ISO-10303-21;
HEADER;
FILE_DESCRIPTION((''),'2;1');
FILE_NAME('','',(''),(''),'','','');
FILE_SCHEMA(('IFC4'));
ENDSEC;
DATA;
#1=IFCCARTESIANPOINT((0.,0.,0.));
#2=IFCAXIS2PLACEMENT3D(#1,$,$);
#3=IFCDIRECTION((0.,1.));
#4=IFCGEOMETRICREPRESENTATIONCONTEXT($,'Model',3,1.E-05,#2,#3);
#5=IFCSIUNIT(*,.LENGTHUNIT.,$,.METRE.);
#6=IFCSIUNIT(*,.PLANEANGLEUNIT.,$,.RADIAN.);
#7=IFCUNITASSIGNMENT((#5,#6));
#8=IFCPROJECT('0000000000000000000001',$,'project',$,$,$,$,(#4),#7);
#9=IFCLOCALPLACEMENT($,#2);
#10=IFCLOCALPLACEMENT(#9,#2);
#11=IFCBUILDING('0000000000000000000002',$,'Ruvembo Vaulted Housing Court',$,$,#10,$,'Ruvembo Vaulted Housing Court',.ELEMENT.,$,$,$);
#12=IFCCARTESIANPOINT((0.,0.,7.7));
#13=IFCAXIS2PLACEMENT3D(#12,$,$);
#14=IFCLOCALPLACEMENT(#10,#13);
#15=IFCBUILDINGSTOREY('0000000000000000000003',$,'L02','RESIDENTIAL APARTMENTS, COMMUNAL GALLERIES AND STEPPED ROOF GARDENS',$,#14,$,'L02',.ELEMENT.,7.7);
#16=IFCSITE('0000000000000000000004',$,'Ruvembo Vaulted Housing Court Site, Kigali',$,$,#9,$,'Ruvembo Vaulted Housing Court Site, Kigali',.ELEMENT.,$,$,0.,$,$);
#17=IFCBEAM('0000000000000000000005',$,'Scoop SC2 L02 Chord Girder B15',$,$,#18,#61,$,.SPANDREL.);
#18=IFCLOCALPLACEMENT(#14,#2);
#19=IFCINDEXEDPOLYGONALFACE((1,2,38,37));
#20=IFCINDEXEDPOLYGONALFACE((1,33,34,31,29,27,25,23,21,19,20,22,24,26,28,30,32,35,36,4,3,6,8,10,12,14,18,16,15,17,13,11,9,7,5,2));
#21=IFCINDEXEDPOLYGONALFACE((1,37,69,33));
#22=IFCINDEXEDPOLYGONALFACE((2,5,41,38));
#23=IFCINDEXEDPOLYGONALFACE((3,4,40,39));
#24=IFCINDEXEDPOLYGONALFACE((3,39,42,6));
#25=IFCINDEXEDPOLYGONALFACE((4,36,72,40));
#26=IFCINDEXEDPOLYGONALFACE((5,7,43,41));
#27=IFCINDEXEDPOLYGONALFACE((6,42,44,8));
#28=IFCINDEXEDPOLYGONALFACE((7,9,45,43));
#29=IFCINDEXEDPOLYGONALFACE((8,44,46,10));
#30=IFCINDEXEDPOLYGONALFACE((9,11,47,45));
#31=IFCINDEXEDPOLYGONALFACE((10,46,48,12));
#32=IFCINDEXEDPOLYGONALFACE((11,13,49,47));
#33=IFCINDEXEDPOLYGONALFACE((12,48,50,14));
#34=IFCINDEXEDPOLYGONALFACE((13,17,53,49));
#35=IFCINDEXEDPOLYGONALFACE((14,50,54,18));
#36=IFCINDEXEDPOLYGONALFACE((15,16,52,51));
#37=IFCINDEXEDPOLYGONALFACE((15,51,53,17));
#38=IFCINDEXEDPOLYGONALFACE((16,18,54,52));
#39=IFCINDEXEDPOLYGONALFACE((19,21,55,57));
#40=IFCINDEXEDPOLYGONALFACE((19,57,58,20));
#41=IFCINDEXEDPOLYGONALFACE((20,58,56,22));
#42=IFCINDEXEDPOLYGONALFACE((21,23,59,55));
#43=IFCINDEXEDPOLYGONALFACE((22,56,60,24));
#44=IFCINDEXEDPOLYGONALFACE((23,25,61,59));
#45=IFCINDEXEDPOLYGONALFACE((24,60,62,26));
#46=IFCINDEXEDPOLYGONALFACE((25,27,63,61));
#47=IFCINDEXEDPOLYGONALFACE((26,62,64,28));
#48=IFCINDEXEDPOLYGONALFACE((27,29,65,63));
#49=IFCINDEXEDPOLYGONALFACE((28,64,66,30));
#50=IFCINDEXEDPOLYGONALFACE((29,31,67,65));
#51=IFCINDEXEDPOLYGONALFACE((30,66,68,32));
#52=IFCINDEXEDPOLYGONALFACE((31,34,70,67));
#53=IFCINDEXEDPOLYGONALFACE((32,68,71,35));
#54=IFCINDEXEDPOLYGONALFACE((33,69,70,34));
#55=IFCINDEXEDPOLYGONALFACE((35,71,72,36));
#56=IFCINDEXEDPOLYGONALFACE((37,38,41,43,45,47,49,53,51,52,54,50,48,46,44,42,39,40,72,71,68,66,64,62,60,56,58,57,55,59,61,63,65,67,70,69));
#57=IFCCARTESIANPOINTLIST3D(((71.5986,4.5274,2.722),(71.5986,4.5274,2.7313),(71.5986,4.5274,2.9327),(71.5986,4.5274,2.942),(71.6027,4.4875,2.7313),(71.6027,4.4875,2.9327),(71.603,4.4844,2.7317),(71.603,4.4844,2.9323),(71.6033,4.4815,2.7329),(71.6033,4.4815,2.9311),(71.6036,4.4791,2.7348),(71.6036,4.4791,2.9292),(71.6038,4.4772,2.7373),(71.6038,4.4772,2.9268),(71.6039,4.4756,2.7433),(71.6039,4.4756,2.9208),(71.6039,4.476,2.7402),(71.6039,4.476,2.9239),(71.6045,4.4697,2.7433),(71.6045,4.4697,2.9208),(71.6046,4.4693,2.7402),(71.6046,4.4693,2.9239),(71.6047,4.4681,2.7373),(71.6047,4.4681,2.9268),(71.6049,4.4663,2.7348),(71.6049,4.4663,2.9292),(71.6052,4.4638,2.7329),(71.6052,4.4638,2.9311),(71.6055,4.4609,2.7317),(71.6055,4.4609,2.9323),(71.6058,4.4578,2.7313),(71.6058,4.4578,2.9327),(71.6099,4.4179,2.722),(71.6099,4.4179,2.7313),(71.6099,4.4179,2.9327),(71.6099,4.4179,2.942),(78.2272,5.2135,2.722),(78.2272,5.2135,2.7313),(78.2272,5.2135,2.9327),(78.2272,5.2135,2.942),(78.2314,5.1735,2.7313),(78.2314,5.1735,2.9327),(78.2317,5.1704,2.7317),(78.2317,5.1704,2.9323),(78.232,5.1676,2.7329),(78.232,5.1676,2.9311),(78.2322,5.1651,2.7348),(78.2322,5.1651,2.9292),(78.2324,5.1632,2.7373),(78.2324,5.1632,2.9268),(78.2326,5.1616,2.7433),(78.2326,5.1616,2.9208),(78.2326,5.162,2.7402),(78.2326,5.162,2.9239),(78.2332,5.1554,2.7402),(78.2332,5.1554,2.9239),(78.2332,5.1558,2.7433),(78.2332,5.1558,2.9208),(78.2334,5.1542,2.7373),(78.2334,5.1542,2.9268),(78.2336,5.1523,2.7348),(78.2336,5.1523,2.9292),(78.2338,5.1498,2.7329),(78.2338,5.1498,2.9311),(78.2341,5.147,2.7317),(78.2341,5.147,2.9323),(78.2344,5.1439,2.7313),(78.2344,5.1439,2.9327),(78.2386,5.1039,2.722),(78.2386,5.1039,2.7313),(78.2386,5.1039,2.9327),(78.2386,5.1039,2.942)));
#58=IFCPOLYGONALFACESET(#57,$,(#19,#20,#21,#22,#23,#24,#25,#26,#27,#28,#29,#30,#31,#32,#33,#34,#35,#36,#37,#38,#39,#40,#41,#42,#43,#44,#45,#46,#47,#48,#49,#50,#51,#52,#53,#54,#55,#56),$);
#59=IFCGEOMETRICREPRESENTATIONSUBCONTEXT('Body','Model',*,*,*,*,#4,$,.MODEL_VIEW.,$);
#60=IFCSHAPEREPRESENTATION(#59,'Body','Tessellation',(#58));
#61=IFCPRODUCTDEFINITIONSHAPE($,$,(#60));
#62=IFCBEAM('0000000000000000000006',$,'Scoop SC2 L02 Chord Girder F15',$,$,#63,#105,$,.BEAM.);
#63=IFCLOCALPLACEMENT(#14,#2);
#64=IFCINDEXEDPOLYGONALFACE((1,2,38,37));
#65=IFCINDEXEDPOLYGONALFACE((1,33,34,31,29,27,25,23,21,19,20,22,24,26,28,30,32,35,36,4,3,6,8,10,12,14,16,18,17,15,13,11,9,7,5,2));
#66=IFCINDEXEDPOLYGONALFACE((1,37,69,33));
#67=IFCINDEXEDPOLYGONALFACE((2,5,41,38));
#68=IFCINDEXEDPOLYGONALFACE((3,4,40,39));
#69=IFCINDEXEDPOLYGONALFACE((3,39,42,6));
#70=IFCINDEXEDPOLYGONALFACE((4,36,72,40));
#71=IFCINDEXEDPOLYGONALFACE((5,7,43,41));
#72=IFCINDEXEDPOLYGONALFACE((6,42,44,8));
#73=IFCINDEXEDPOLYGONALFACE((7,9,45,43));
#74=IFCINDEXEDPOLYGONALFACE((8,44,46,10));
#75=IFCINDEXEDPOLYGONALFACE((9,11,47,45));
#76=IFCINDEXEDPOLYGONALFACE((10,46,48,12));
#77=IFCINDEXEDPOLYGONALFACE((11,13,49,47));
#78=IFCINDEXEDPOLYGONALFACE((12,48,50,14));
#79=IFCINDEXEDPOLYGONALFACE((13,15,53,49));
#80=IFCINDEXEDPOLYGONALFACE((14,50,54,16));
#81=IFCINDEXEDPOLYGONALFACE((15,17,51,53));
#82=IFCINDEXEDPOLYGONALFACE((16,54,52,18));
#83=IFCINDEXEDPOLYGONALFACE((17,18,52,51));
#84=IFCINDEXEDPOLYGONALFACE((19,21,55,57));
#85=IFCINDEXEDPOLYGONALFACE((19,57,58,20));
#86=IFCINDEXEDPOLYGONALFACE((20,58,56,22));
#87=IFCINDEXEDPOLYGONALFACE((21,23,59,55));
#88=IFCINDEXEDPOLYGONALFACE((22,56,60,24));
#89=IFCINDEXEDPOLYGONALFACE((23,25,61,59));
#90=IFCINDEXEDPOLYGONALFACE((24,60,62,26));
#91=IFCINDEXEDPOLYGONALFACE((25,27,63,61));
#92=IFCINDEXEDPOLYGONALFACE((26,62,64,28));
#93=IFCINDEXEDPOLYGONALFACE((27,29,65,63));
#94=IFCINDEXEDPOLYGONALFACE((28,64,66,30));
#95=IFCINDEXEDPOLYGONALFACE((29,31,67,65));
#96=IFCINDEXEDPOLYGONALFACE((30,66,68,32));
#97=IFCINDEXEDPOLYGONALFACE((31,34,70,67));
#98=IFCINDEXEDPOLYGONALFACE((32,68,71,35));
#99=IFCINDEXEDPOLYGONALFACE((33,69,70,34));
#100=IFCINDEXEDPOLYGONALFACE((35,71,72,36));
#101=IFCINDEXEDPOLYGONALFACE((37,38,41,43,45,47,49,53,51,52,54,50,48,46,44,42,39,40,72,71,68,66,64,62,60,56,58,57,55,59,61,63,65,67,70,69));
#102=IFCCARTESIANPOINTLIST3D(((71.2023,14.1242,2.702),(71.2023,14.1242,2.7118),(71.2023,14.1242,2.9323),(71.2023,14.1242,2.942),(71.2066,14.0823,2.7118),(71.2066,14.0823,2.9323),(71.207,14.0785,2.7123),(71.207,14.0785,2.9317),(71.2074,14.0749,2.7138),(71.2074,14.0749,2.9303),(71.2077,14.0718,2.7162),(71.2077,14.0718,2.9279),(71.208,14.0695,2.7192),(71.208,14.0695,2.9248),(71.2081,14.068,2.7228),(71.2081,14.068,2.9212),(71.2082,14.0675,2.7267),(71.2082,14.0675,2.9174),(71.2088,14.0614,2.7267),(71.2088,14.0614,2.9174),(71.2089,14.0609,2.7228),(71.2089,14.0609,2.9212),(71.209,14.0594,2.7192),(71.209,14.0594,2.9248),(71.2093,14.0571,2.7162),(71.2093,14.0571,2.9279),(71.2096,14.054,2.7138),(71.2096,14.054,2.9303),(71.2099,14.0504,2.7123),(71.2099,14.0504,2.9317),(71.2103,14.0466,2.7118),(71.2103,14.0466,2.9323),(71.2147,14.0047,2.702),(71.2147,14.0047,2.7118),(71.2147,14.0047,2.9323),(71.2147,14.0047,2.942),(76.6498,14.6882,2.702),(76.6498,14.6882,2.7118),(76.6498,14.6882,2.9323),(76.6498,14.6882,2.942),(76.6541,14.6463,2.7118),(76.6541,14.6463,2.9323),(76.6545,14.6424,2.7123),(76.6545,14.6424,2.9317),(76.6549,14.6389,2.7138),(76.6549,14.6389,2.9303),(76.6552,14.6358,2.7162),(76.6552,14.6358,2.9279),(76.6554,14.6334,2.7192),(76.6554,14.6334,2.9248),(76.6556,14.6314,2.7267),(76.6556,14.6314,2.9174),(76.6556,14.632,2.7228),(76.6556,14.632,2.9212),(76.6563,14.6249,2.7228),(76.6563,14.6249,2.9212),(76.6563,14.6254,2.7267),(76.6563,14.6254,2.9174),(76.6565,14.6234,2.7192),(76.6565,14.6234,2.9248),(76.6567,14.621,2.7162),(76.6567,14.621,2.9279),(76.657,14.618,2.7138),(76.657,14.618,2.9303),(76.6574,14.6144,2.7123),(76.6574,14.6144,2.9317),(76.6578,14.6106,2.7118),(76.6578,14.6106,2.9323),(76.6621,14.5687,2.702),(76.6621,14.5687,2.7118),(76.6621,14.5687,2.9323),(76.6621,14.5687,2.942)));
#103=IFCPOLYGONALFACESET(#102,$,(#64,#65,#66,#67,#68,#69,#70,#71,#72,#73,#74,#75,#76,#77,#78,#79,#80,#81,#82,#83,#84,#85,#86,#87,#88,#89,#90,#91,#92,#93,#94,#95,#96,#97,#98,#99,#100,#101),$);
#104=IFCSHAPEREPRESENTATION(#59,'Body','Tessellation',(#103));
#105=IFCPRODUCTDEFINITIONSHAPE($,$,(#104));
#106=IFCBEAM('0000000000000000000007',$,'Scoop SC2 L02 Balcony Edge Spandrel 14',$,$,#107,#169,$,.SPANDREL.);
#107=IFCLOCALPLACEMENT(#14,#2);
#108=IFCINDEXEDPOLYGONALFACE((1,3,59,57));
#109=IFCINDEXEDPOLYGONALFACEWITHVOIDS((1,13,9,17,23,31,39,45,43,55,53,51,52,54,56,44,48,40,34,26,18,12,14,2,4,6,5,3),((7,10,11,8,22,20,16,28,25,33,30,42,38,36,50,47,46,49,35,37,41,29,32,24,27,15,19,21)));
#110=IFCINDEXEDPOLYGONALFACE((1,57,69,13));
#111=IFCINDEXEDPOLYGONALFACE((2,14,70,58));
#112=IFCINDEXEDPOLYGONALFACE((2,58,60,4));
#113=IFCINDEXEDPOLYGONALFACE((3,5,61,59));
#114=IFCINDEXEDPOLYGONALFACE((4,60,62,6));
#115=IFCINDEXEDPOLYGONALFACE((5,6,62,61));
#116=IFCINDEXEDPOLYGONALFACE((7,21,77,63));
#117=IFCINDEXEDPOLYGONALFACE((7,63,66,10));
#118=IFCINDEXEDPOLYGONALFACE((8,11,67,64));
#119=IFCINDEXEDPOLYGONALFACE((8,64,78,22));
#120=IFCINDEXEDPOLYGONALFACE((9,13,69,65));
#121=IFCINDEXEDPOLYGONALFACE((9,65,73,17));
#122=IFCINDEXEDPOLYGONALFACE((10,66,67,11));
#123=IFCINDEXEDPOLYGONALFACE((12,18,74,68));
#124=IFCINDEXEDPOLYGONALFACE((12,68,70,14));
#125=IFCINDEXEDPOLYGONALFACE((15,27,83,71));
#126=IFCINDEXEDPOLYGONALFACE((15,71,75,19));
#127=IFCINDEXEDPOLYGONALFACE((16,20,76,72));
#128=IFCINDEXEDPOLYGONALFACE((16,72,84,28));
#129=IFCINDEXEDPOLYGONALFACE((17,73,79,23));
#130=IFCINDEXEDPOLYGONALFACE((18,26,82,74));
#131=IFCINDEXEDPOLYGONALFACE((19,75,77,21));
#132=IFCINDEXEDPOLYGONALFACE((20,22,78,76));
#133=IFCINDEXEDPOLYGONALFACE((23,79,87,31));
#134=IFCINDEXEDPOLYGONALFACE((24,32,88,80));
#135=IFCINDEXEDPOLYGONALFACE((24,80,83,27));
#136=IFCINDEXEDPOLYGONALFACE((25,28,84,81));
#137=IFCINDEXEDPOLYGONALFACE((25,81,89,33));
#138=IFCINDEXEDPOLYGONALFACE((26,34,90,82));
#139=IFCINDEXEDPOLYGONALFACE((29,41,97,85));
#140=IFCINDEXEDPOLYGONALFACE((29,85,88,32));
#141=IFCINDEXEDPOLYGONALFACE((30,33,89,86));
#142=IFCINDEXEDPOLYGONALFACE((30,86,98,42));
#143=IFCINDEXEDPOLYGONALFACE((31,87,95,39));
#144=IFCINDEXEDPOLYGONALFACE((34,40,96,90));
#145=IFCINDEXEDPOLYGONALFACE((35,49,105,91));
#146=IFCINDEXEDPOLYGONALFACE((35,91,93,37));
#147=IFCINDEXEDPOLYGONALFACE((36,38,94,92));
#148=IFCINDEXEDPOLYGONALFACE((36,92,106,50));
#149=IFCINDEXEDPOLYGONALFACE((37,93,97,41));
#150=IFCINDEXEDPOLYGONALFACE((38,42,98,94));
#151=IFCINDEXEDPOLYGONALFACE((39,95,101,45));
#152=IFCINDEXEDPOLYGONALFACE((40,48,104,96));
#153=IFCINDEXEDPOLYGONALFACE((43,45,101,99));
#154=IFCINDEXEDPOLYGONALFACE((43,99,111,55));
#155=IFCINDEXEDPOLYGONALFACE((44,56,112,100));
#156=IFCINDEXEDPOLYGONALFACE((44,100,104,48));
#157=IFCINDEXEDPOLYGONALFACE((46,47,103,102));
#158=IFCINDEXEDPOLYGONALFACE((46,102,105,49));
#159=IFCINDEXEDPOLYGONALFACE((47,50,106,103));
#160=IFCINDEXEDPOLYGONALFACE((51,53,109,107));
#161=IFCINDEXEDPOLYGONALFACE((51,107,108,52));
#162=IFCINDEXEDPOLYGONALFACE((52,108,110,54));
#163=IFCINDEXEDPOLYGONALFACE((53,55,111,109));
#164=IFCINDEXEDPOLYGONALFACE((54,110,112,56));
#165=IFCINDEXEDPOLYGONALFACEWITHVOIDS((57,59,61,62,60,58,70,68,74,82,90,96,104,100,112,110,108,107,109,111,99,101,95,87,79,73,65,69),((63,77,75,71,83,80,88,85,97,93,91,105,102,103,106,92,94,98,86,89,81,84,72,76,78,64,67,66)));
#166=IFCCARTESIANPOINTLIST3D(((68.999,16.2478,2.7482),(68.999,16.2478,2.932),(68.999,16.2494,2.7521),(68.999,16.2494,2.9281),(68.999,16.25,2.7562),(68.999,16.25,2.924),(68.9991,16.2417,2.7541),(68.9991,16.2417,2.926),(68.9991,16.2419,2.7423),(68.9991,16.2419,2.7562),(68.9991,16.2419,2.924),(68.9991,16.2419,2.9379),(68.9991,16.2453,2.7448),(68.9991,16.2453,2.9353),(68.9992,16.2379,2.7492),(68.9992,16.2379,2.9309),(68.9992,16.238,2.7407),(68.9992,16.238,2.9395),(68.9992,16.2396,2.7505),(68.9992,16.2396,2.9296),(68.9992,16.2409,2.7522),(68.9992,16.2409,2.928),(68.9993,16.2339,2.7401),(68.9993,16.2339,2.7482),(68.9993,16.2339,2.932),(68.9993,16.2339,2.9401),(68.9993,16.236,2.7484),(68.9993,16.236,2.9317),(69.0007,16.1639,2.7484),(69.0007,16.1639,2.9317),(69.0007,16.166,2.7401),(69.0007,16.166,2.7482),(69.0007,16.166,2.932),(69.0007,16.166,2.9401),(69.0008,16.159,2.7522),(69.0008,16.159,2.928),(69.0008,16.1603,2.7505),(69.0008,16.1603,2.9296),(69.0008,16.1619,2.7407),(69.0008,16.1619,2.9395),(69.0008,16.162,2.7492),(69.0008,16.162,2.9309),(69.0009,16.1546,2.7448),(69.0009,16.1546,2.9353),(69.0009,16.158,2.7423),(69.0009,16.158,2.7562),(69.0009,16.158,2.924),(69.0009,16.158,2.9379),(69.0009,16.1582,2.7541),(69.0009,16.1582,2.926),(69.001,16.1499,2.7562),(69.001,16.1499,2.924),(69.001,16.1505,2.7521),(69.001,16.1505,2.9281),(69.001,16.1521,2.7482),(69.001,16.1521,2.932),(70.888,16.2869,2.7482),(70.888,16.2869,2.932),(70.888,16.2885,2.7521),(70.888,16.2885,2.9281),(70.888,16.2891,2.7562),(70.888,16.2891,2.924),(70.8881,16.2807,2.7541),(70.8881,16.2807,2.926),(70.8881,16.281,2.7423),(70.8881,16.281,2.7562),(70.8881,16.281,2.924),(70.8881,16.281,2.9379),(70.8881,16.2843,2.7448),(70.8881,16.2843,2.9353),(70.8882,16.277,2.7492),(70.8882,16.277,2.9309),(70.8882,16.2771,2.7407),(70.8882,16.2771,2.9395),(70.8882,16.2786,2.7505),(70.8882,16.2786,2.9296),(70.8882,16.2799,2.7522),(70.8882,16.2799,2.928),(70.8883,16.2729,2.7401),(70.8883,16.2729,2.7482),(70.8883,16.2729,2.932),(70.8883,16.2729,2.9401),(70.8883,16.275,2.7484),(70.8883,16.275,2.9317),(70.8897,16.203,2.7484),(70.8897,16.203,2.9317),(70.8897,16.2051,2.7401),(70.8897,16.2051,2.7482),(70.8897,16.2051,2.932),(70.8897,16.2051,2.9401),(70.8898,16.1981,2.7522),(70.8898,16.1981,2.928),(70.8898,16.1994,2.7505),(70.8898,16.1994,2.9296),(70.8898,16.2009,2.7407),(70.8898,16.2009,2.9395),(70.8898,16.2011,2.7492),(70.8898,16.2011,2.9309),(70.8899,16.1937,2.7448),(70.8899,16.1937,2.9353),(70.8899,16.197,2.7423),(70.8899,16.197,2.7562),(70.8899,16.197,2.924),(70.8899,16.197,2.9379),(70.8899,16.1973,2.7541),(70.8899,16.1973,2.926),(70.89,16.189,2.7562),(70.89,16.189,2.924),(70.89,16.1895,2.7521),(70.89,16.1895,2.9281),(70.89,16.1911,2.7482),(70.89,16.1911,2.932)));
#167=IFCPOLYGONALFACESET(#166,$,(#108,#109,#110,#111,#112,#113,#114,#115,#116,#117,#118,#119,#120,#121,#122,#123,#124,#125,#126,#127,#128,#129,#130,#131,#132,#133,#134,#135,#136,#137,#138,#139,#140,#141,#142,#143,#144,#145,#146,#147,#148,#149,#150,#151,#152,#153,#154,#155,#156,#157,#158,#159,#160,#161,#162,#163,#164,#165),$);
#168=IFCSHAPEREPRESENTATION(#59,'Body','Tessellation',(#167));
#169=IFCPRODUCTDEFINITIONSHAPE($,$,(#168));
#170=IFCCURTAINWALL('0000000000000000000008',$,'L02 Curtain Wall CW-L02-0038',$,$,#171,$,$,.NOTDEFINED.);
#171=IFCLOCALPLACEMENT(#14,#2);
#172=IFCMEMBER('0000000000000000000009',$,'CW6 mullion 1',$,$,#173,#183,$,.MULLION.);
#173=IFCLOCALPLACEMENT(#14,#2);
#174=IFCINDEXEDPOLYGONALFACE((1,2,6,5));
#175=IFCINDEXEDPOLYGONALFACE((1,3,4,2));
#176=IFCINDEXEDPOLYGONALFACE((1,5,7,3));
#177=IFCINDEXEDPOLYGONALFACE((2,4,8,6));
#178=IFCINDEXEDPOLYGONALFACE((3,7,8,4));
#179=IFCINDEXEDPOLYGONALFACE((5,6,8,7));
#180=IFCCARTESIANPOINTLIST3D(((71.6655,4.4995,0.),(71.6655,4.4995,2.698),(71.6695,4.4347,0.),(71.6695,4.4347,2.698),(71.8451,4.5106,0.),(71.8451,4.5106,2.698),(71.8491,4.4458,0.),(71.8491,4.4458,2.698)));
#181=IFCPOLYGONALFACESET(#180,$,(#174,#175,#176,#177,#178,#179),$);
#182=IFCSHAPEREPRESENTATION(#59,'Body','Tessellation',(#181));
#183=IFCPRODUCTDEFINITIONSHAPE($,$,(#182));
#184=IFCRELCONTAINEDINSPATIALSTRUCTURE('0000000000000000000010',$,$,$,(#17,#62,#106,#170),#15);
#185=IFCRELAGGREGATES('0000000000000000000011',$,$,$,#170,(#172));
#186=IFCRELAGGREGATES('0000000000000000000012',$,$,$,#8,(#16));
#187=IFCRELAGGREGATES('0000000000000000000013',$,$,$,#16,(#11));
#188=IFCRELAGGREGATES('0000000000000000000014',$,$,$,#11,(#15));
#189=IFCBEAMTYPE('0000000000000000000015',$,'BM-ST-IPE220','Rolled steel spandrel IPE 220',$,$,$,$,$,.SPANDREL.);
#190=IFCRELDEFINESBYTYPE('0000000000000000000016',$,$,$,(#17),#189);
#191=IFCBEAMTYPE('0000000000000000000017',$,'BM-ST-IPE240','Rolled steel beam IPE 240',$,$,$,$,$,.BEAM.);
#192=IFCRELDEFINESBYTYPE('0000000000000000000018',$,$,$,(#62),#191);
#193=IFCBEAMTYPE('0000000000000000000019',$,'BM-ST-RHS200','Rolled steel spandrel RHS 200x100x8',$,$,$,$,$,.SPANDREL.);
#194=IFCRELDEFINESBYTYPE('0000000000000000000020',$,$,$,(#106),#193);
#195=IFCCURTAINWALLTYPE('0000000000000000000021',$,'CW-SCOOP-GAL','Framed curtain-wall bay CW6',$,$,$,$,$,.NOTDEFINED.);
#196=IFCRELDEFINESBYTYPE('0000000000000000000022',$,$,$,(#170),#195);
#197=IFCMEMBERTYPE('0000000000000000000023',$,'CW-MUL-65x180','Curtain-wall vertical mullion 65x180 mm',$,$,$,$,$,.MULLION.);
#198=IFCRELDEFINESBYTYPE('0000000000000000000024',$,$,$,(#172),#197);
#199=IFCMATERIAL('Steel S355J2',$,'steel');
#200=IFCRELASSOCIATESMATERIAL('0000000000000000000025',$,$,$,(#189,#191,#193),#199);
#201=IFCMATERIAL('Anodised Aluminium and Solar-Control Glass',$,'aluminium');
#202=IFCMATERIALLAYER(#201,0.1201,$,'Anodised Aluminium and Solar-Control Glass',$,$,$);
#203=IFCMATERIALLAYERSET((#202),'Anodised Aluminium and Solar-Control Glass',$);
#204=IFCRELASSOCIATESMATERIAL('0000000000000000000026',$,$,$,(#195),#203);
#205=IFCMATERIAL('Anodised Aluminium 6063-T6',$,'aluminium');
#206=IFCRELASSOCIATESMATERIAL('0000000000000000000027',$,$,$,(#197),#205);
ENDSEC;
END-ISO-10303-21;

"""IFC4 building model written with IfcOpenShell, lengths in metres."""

from ifc_helpers import new_model, si_unit, direction, frame, origin, origin_2d, place, context, subcontext, project, spatial, rectangle, hollow_rectangle, i_section, extrude, material, layer, layer_set, material_profile, profile_set, type_object, element, aggregate, save


model = new_model("IFC4")

# Units and contexts
model_context = context("Model", 3, precision=1e-05, world=origin(), true_north=direction((0.0, 1.0)))
body_context = subcontext(model_context, "Body", "Model", "MODEL_VIEW")
ifc_project = project(units=[si_unit("LENGTHUNIT", "METRE"), si_unit("PLANEANGLEUNIT", "RADIAN")], contexts=[model_context])

# Site, building, storey
site_placement = place(None, origin())
site = spatial("IfcSite", under=ifc_project, at=site_placement, Name="Ruvembo Vaulted Housing Court Site, Kigali", LongName="Ruvembo Vaulted Housing Court Site, Kigali", CompositionType="ELEMENT", RefElevation=0.0)
building_placement = place(site_placement, origin())
building = spatial("IfcBuilding", under=site, at=building_placement, Name="Ruvembo Vaulted Housing Court", LongName="Ruvembo Vaulted Housing Court", CompositionType="ELEMENT")
storey_placement = place(building_placement, frame((0.0, 0.0, 7.7)))
storey = spatial("IfcBuildingStorey", under=building, at=storey_placement, Name="L02", Description="RESIDENTIAL APARTMENTS, COMMUNAL GALLERIES AND STEPPED ROOF GARDENS", LongName="L02", CompositionType="ELEMENT", Elevation=7.7)

# Beams
ifc_material_1 = material(Name="Steel S355J2", Category="steel")
ifc_material_profile_1 = material_profile(ifc_material_1, i_section(OverallWidth=0.1101, OverallDepth=0.22, WebThickness=0.0059, FlangeThickness=0.0093, FilletRadius=0.012, at=origin_2d()), Name="IPE 220")
ifc_profile_set_1 = profile_set([ifc_material_profile_1], Name="Steel S355J2")
beam_type_1 = type_object("IfcBeamType", Name="BM-ST-IPE220", Description="Rolled steel spandrel IPE 220", PredefinedType="SPANDREL", material=ifc_profile_set_1)
beam_1_placement = place(storey_placement, frame((71.6042, 4.4727, 2.832), z_axis=(0.994687, 0.102945, 0.0), x_axis=(-0.102945, 0.994687, 0.0)))
element("IfcBeam", 1, at=beam_1_placement, inside=storey, type_object=beam_type_1, Name="Scoop SC2 L02 Chord Girder B15", PredefinedType="SPANDREL", context=body_context, shape_type="SweptSolid", body=[
    extrude(i_section(OverallWidth=0.1101, OverallDepth=0.22, WebThickness=0.0059, FlangeThickness=0.0093, FilletRadius=0.012, at=origin_2d()), origin(), (0.0, 0.0, 1.0), 6.6641),
])
ifc_material_profile_2 = material_profile(ifc_material_1, i_section(OverallWidth=0.1201, OverallDepth=0.24, WebThickness=0.0061, FlangeThickness=0.0098, FilletRadius=0.0149, at=origin_2d()), Name="IPE 240")
ifc_profile_set_2 = profile_set([ifc_material_profile_2], Name="Steel S355J2")
beam_type_2 = type_object("IfcBeamType", Name="BM-ST-IPE240", Description="Rolled steel beam IPE 240", PredefinedType="BEAM", material=ifc_profile_set_2)
beam_2_placement = place(storey_placement, frame((71.2085, 14.0645, 2.822), z_axis=(0.994684, 0.102977, 0.0), x_axis=(-0.102977, 0.994684, 0.0)))
element("IfcBeam", 2, at=beam_2_placement, inside=storey, type_object=beam_type_2, Name="Scoop SC2 L02 Chord Girder F15", PredefinedType="BEAM", context=body_context, shape_type="SweptSolid", body=[
    extrude(i_section(OverallWidth=0.1201, OverallDepth=0.24, WebThickness=0.0061, FlangeThickness=0.0098, FilletRadius=0.0149, at=origin_2d()), origin(), (0.0, 0.0, 1.0), 5.4766),
])
ifc_material_profile_3 = material_profile(ifc_material_1, hollow_rectangle(XDim=0.1001, YDim=0.2, WallThickness=0.0081, InnerFilletRadius=0.0081, OuterFilletRadius=0.0161, at=origin_2d()), Name="RHS 200x100x8")
ifc_profile_set_3 = profile_set([ifc_material_profile_3], Name="Steel S355J2")
beam_type_3 = type_object("IfcBeamType", Name="BM-ST-RHS200", Description="Rolled steel spandrel RHS 200x100x8", PredefinedType="SPANDREL", material=ifc_profile_set_3)
beam_3_placement = place(storey_placement, frame((69.0, 16.2, 2.8401), z_axis=(0.999786, 0.020675, 0.0), x_axis=(-0.020675, 0.999786, 0.0)))
element("IfcBeam", 3, at=beam_3_placement, inside=storey, type_object=beam_type_3, Name="Scoop SC2 L02 Balcony Edge Spandrel 14", PredefinedType="SPANDREL", context=body_context, shape_type="SweptSolid", body=[
    extrude(hollow_rectangle(XDim=0.1001, YDim=0.2, WallThickness=0.0081, InnerFilletRadius=0.0081, OuterFilletRadius=0.0161, at=origin_2d()), origin(), (0.0, 0.0, 1.0), 1.8894),
])

# Curtain wall, member
ifc_material_2 = material(Name="Anodised Aluminium and Solar-Control Glass", Category="aluminium")
ifc_layer_1 = layer(ifc_material_2, 0.1201, Name="Anodised Aluminium and Solar-Control Glass")
ifc_layer_set_1 = layer_set([ifc_layer_1], Name="Anodised Aluminium and Solar-Control Glass")
curtain_wall_type = type_object("IfcCurtainWallType", Name="CW-SCOOP-GAL", Description="Framed curtain-wall bay CW6", PredefinedType="NOTDEFINED", material=ifc_layer_set_1)
curtain_wall_placement = place(storey_placement, origin())
curtain_wall = element("IfcCurtainWall", 4, at=curtain_wall_placement, inside=storey, type_object=curtain_wall_type, Name="L02 Curtain Wall CW-L02-0038", PredefinedType="NOTDEFINED")
ifc_material_3 = material(Name="Anodised Aluminium 6063-T6", Category="aluminium")
ifc_material_profile_4 = material_profile(ifc_material_3, rectangle(XDim=0.0649, YDim=0.1799, at=origin_2d()), Name="ALU 65x180")
ifc_profile_set_4 = profile_set([ifc_material_profile_4], Name="Anodised Aluminium 6063-T6")
member_type_1 = type_object("IfcMemberType", Name="CW-MUL-65x180", Description="Curtain-wall vertical mullion 65x180 mm", PredefinedType="MULLION", material=ifc_profile_set_4)
member_1_placement = place(storey_placement, frame((71.7573, 4.4727, 0.0), z_axis=(0.0, 0.0, 1.0), x_axis=(-0.06184, 0.998086, 0.0)))
member_1 = element("IfcMember", 5, at=member_1_placement, type_object=member_type_1, Name="CW6 mullion 1", PredefinedType="MULLION", context=body_context, shape_type="SweptSolid", body=[
    extrude(rectangle(XDim=0.0649, YDim=0.1799, at=origin_2d()), origin(), (0.0, 0.0, 1.0), 2.698),
])
aggregate(curtain_wall, [member_1])

save(model, "model.ifc")
